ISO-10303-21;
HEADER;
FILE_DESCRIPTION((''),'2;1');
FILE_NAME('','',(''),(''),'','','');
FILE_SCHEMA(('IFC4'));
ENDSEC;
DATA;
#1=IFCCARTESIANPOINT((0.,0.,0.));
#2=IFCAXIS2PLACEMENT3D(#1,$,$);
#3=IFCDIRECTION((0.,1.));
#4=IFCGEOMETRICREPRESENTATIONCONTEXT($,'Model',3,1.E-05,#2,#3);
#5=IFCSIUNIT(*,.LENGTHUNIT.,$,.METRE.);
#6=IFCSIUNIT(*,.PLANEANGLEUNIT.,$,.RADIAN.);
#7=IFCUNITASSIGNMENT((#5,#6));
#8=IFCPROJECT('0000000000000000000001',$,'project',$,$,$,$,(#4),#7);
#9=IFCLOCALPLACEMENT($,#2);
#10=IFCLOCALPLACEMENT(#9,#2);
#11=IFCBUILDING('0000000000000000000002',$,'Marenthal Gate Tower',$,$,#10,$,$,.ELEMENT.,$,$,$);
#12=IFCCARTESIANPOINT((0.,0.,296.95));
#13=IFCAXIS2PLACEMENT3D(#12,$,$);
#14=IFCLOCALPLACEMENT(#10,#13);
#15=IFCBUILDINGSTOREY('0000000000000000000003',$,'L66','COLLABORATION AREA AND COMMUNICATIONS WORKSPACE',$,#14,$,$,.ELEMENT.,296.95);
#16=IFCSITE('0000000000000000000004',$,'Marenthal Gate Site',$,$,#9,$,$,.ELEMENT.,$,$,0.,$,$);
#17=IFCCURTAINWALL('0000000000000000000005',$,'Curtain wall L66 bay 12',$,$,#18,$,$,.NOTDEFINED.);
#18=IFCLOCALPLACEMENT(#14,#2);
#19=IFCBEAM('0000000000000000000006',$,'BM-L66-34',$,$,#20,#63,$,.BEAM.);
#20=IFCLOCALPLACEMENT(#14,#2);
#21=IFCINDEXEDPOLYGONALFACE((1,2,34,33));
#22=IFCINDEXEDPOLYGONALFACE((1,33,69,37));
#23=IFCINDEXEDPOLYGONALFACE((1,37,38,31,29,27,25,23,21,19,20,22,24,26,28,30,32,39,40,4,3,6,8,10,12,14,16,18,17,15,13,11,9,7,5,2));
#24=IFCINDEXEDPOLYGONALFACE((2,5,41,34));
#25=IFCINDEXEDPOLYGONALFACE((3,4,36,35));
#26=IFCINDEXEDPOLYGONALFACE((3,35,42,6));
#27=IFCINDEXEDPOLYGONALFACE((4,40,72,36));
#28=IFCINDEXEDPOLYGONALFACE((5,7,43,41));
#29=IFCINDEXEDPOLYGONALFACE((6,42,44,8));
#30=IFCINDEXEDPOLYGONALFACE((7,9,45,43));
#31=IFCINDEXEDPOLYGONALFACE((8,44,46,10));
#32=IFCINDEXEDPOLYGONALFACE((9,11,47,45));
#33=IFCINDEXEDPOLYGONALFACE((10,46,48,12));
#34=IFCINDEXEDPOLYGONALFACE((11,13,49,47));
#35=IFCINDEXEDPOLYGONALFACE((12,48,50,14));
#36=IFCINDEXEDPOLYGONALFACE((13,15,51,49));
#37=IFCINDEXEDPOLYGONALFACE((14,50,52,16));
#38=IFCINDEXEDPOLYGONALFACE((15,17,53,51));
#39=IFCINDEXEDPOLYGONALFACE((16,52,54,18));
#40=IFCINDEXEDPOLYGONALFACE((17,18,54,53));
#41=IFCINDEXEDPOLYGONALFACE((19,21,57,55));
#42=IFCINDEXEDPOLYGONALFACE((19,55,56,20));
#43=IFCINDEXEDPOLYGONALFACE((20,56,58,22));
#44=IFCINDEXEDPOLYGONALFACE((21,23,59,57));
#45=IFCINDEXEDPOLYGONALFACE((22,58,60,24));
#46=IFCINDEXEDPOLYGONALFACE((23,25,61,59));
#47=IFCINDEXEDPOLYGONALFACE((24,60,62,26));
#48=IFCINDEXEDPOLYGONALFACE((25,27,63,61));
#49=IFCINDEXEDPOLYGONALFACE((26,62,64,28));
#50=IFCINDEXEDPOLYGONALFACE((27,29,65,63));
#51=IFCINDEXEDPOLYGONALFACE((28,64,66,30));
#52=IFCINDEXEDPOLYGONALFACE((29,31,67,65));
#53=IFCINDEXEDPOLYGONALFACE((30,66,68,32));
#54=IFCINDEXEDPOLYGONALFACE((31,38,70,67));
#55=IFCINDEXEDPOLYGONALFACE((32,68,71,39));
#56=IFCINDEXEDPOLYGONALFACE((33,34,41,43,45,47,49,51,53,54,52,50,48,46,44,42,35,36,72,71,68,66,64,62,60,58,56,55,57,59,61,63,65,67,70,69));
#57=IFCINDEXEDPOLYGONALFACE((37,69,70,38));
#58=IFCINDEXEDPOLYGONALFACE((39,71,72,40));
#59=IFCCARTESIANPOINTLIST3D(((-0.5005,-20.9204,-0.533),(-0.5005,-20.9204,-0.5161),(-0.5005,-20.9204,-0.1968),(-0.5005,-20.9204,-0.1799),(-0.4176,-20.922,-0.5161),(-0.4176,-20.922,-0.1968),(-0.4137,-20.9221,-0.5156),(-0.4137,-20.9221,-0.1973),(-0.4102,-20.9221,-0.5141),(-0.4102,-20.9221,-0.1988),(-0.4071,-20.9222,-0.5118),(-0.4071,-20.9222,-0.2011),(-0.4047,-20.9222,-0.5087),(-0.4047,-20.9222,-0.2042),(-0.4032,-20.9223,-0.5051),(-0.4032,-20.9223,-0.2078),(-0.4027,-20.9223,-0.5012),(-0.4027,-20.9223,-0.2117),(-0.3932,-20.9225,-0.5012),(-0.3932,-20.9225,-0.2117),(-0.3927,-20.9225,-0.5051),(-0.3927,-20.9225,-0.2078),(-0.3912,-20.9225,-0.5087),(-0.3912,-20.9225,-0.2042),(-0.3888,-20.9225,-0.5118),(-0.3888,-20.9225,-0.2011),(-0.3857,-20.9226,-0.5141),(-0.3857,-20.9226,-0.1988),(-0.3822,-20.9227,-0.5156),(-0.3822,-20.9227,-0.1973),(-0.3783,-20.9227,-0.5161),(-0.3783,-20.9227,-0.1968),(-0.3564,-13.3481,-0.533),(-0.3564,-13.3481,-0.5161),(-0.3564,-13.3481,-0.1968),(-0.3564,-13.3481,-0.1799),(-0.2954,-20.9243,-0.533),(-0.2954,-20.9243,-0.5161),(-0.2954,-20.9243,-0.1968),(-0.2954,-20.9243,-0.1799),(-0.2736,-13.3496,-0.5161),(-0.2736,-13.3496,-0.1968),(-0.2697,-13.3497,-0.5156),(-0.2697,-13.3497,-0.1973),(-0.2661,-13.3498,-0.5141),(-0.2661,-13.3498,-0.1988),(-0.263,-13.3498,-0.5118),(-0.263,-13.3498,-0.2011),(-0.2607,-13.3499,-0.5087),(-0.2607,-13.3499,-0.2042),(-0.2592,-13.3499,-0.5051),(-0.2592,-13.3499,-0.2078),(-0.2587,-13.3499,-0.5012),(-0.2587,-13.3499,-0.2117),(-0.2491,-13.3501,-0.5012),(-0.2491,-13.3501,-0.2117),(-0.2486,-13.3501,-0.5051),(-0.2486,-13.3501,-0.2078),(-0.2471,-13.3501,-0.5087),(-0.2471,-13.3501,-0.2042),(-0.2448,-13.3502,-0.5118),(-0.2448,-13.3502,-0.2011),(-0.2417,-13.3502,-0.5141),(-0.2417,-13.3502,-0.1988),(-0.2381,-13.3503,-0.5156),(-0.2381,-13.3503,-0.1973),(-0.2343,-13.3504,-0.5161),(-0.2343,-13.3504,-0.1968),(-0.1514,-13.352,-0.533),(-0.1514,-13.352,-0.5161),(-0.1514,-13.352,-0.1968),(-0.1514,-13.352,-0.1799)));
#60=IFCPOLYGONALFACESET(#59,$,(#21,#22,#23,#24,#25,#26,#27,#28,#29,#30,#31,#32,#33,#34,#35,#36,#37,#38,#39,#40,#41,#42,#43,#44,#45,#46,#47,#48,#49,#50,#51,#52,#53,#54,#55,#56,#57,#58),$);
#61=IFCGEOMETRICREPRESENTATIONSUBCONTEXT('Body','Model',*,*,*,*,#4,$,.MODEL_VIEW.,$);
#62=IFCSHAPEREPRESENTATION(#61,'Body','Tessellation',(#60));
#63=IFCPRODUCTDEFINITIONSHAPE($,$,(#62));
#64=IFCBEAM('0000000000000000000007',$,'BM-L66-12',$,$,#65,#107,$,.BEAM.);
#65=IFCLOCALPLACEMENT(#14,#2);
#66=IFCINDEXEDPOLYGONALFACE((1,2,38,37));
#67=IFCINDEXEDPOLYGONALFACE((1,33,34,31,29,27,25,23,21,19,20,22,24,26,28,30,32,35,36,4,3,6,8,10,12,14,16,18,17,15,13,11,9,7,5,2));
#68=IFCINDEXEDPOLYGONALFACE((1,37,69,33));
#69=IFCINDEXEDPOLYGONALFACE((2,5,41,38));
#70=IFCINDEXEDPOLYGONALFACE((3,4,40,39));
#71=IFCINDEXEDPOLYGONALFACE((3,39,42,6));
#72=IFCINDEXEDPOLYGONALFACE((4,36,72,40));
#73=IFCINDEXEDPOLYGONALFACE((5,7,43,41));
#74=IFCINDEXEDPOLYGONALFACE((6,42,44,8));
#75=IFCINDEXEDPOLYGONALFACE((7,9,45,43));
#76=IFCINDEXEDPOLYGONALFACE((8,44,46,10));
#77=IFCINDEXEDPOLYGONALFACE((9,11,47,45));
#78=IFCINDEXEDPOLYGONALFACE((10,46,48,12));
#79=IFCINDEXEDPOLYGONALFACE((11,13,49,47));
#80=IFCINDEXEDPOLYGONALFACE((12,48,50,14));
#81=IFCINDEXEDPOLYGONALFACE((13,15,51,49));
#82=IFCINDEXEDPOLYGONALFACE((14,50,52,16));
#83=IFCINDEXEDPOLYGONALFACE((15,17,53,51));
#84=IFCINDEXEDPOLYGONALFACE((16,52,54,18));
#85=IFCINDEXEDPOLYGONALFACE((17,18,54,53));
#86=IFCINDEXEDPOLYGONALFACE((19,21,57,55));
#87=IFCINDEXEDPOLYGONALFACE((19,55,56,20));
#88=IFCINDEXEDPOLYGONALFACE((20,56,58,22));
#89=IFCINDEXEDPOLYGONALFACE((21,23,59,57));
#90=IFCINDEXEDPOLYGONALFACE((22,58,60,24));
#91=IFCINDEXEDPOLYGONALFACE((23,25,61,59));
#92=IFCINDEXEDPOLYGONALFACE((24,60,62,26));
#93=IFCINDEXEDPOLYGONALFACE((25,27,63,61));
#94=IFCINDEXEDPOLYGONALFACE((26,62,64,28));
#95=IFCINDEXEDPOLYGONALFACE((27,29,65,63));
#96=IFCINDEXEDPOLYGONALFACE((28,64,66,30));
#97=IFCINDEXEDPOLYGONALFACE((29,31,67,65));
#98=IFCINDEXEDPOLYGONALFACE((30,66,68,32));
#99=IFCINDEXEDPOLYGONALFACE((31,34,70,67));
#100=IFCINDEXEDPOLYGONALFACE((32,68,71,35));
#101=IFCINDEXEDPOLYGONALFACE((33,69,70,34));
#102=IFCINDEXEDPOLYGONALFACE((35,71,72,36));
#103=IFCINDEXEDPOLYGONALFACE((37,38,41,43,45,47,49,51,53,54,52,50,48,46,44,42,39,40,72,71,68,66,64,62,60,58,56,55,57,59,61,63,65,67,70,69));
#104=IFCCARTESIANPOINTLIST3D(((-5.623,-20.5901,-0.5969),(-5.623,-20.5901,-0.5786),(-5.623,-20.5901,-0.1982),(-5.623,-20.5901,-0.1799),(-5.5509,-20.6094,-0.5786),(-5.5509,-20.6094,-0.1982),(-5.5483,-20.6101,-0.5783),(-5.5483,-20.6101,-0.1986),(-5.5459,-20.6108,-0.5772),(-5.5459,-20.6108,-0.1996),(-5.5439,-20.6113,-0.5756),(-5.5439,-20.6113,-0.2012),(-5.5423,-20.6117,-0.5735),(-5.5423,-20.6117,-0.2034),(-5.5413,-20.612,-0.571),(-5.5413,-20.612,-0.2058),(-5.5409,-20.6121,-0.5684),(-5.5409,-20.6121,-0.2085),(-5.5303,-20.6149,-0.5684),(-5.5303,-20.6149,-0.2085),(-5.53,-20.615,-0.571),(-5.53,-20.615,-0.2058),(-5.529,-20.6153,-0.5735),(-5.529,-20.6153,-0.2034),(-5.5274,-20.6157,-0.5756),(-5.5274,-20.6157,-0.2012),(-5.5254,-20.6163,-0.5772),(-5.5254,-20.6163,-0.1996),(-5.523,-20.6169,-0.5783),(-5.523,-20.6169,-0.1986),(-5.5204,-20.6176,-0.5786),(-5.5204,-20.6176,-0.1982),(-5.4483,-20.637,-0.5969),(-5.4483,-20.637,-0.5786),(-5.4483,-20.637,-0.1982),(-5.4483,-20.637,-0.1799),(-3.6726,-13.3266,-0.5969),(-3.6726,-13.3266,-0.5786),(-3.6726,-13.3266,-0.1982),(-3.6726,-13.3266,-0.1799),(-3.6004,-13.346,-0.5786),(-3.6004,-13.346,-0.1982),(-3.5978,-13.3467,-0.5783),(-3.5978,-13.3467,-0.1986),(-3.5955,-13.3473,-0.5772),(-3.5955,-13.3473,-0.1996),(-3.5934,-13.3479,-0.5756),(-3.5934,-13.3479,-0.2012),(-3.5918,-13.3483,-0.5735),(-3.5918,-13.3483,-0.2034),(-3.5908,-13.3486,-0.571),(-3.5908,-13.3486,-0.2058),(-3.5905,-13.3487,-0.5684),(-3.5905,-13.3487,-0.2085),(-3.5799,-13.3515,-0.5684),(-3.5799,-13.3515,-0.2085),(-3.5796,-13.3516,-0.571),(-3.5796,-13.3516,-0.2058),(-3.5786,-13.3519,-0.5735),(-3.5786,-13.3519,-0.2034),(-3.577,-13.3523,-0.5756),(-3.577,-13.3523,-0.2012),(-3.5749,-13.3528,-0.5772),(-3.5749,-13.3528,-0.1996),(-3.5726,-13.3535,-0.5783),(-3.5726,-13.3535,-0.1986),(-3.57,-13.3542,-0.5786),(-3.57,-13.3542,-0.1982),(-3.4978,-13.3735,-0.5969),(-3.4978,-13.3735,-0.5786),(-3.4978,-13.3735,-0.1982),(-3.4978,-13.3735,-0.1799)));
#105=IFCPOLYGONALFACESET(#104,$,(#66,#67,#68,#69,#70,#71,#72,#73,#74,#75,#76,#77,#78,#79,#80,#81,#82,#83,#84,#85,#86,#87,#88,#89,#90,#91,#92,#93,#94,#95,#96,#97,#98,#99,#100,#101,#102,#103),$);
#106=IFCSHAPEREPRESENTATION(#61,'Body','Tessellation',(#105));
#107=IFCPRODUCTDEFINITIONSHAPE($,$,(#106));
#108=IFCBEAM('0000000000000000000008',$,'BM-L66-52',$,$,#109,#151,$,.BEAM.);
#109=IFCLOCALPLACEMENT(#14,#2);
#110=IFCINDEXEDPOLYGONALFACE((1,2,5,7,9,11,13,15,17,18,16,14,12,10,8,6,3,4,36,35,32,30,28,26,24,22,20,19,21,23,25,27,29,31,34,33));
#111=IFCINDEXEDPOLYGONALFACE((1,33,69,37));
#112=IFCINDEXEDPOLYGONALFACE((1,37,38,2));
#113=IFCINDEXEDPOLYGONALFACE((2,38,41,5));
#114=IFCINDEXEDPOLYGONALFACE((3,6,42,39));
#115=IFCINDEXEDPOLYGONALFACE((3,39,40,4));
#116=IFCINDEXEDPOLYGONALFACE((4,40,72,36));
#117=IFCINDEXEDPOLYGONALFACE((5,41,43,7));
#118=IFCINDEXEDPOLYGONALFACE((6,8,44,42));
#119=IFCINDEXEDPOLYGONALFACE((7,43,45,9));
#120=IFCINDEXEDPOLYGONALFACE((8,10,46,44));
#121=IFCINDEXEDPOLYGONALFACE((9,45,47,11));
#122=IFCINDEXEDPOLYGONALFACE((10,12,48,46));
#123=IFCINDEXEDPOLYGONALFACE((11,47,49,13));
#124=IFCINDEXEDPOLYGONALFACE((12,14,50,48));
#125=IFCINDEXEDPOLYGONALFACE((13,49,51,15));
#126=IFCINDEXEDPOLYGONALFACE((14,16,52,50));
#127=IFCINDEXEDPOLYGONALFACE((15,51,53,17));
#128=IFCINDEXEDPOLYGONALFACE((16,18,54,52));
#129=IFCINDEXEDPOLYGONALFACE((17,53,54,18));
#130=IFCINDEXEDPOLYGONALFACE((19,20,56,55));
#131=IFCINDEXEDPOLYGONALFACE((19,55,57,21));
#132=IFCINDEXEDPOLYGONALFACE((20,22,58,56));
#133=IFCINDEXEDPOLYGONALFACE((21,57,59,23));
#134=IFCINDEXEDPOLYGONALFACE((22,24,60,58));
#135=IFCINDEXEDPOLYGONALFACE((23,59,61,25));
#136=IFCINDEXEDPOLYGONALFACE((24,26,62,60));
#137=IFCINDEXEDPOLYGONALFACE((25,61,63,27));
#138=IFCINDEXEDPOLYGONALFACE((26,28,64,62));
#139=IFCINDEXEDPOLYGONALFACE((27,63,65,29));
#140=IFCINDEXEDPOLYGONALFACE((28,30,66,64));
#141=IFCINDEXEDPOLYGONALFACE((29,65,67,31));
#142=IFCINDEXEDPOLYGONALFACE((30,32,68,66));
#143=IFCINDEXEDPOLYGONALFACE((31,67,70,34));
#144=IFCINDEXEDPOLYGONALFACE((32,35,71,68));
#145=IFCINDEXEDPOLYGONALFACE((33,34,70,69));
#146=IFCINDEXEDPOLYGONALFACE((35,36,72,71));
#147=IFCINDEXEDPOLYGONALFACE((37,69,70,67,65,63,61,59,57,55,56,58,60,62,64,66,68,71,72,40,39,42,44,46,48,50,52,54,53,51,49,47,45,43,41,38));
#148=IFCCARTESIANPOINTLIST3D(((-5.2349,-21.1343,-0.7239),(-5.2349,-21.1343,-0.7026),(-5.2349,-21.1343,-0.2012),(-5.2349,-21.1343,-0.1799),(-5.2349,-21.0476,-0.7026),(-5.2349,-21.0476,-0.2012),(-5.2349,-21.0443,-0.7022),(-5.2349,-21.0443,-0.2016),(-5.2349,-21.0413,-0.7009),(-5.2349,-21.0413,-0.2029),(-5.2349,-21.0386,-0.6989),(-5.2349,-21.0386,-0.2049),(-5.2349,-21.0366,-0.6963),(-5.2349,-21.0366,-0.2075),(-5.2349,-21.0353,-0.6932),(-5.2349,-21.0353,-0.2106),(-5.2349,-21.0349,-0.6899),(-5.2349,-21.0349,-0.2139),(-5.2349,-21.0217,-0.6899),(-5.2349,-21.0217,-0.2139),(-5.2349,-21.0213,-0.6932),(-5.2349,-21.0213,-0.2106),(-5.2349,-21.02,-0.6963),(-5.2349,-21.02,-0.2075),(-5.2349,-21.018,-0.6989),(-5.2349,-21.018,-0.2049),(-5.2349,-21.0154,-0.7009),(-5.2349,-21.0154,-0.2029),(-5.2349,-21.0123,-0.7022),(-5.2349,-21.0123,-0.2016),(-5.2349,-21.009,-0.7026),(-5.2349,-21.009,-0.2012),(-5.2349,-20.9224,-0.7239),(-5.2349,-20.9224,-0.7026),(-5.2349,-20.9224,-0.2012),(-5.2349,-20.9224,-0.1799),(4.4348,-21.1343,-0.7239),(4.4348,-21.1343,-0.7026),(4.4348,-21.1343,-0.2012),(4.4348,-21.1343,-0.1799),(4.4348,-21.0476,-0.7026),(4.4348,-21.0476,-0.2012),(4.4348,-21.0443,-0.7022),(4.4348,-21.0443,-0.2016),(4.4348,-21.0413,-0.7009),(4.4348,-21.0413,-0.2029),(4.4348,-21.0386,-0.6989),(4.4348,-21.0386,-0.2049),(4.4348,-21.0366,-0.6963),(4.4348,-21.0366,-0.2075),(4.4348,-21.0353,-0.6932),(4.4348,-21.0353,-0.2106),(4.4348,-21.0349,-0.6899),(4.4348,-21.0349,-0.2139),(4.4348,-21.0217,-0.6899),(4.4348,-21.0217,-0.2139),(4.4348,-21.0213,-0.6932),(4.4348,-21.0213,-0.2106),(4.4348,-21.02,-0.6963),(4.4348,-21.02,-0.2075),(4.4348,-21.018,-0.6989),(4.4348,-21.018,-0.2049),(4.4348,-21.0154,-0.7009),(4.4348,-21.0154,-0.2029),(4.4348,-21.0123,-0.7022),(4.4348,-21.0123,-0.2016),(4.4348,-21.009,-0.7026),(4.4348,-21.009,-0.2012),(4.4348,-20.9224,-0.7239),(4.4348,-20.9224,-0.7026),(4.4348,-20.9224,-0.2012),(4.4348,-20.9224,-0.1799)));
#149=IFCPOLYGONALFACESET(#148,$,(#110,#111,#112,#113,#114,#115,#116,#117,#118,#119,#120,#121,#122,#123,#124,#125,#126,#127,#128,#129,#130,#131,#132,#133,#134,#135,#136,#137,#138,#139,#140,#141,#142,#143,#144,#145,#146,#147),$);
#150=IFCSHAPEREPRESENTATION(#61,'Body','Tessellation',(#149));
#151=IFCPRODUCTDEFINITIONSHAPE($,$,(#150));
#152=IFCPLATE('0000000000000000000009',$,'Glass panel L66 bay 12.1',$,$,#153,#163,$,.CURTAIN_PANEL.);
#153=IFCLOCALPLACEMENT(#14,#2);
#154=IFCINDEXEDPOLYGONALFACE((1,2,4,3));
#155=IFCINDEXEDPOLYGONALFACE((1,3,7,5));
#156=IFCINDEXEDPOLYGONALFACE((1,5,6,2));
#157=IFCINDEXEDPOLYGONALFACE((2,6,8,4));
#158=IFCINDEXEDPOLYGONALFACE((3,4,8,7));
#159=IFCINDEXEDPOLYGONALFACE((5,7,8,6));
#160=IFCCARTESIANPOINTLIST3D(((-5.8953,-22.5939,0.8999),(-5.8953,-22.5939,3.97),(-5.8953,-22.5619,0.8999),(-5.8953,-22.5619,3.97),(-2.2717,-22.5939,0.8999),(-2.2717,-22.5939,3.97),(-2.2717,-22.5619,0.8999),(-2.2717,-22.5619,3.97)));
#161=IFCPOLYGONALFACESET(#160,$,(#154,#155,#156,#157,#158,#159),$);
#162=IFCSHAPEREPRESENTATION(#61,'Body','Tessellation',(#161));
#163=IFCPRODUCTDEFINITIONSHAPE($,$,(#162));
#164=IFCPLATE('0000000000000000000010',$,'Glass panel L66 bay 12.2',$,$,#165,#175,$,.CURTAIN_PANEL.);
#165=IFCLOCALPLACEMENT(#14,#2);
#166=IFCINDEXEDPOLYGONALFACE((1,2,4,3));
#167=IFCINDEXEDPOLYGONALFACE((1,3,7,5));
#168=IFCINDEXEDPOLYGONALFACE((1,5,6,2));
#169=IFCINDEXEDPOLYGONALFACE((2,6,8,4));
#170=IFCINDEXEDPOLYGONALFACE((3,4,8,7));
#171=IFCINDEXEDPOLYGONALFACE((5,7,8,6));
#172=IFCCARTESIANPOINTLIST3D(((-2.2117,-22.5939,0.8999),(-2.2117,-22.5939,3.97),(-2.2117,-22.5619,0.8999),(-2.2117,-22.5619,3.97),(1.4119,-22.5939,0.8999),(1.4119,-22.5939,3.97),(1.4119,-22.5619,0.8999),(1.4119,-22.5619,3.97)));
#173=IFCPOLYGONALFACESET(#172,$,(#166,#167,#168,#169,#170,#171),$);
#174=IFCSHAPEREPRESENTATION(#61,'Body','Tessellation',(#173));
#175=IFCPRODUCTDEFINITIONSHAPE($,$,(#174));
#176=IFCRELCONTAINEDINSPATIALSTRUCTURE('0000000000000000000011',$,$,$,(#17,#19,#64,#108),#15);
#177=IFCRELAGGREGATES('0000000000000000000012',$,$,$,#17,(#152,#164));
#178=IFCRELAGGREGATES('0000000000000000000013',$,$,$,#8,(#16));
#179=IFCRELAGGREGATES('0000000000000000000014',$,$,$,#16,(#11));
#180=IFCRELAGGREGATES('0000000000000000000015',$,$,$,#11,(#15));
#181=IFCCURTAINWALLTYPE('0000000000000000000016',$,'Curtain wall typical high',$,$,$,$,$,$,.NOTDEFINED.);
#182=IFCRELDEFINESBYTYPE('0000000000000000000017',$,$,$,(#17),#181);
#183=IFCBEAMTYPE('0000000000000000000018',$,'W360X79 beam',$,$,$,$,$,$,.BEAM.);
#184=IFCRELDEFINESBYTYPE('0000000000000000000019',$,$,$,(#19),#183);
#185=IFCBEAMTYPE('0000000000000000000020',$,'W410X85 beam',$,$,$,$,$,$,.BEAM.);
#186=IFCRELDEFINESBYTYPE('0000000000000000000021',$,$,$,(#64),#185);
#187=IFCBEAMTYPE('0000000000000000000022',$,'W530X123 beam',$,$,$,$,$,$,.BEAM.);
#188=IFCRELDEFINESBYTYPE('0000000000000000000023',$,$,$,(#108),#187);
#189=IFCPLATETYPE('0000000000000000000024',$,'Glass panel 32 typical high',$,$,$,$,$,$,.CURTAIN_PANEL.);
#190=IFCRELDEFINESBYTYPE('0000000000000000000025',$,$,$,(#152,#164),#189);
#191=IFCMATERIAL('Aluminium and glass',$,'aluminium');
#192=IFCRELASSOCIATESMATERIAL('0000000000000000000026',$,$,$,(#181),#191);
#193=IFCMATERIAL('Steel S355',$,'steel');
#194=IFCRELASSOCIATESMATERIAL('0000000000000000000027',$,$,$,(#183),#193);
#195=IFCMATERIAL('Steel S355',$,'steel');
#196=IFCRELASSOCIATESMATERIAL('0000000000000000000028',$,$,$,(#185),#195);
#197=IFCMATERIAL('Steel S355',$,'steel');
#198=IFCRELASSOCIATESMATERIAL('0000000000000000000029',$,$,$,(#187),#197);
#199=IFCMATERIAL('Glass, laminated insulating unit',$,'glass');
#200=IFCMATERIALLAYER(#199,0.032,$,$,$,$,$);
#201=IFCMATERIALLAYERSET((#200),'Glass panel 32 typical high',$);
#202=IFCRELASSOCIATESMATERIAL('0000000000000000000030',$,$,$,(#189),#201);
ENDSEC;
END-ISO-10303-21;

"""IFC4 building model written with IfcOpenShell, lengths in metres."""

from ifc_helpers import new_model, si_unit, direction, frame, origin, origin_2d, place, context, subcontext, project, spatial, rectangle, i_section, extrude, material, layer, layer_set, material_profile, profile_set, type_object, element, aggregate, save


model = new_model("IFC4")

# Units and contexts
model_context = context("Model", 3, precision=1e-05, world=origin(), true_north=direction((0.0, 1.0)))
body_context = subcontext(model_context, "Body", "Model", "MODEL_VIEW")
ifc_project = project(units=[si_unit("LENGTHUNIT", "METRE"), si_unit("PLANEANGLEUNIT", "RADIAN")], contexts=[model_context])

# Site, building, storey
site_placement = place(None, origin())
site = spatial("IfcSite", under=ifc_project, at=site_placement, Name="Marenthal Gate Site", CompositionType="ELEMENT", RefElevation=0.0)
building_placement = place(site_placement, origin())
building = spatial("IfcBuilding", under=site, at=building_placement, Name="Marenthal Gate Tower", CompositionType="ELEMENT")
storey_placement = place(building_placement, frame((0.0, 0.0, 296.95)))
storey = spatial("IfcBuildingStorey", under=building, at=storey_placement, Name="L66", Description="COLLABORATION AREA AND COMMUNICATIONS WORKSPACE", CompositionType="ELEMENT", Elevation=296.95)

# Curtain wall
ifc_material_1 = material(Name="Aluminium and glass", Category="aluminium")
curtain_wall_type = type_object("IfcCurtainWallType", Name="Curtain wall typical high", PredefinedType="NOTDEFINED", material=ifc_material_1)
curtain_wall_placement = place(storey_placement, origin())
curtain_wall = element("IfcCurtainWall", 1, at=curtain_wall_placement, inside=storey, type_object=curtain_wall_type, Name="Curtain wall L66 bay 12", PredefinedType="NOTDEFINED")

# Beams
ifc_material_2 = material(Name="Steel S355", Category="steel")
ifc_material_profile_1 = material_profile(ifc_material_2, i_section(OverallWidth=0.2051, OverallDepth=0.353, WebThickness=0.0095, FlangeThickness=0.0168, FilletRadius=0.0149, at=origin_2d()), Name="W360X79")
ifc_profile_set_1 = profile_set([ifc_material_profile_1], Name="Steel S355")
beam_type_1 = type_object("IfcBeamType", Name="W360X79 beam", PredefinedType="BEAM", material=ifc_profile_set_1)
beam_1_placement = place(storey_placement, frame((-0.3979, -20.9224, -0.3564), z_axis=(0.019019, 0.999819, 0.0), x_axis=(-0.999819, 0.019019, 0.0)))
element("IfcBeam", 2, at=beam_1_placement, inside=storey, type_object=beam_type_1, Name="BM-L66-34", PredefinedType="BEAM", context=body_context, shape_type="SweptSolid", body=[
    extrude(i_section(OverallWidth=0.2051, OverallDepth=0.353, WebThickness=0.0095, FlangeThickness=0.0168, FilletRadius=0.0149, at=origin_2d()), origin(), (0.0, 0.0, 1.0), 7.5737),
])
ifc_material_3 = material(Name="Steel S355", Category="steel")
ifc_material_profile_2 = material_profile(ifc_material_3, i_section(OverallWidth=0.1809, OverallDepth=0.417, WebThickness=0.011, FlangeThickness=0.0183, FilletRadius=0.0103, at=origin_2d()), Name="W410X85")
ifc_profile_set_2 = profile_set([ifc_material_profile_2], Name="Steel S355")
beam_type_2 = type_object("IfcBeamType", Name="W410X85 beam", PredefinedType="BEAM", material=ifc_profile_set_2)
beam_2_placement = place(storey_placement, frame((-5.5356, -20.6135, -0.3884), z_axis=(0.259341, 0.965786, 0.0), x_axis=(-0.965786, 0.259341, 0.0)))
element("IfcBeam", 3, at=beam_2_placement, inside=storey, type_object=beam_type_2, Name="BM-L66-12", PredefinedType="BEAM", context=body_context, shape_type="SweptSolid", body=[
    extrude(i_section(OverallWidth=0.1809, OverallDepth=0.417, WebThickness=0.011, FlangeThickness=0.0183, FilletRadius=0.0103, at=origin_2d()), origin(), (0.0, 0.0, 1.0), 7.5208),
])
ifc_material_4 = material(Name="Steel S355", Category="steel")
ifc_material_profile_3 = material_profile(ifc_material_4, i_section(OverallWidth=0.2119, OverallDepth=0.5439, WebThickness=0.0132, FlangeThickness=0.0212, FilletRadius=0.0127, at=origin_2d()), Name="W530X123")
ifc_profile_set_3 = profile_set([ifc_material_profile_3], Name="Steel S355")
beam_type_3 = type_object("IfcBeamType", Name="W530X123 beam", PredefinedType="BEAM", material=ifc_profile_set_3)
beam_3_placement = place(storey_placement, frame((-5.2349, -21.0283, -0.4519), z_axis=(1.0, 0.0, 0.0), x_axis=(0.0, 1.0, 0.0)))
element("IfcBeam", 4, at=beam_3_placement, inside=storey, type_object=beam_type_3, Name="BM-L66-52", PredefinedType="BEAM", context=body_context, shape_type="SweptSolid", body=[
    extrude(i_section(OverallWidth=0.2119, OverallDepth=0.5439, WebThickness=0.0132, FlangeThickness=0.0212, FilletRadius=0.0127, at=origin_2d()), origin(), (0.0, 0.0, 1.0), 9.6697),
])

# Plates
ifc_material_5 = material(Name="Glass, laminated insulating unit", Category="glass")
ifc_layer_1 = layer(ifc_material_5, 0.032)
ifc_layer_set_1 = layer_set([ifc_layer_1], Name="Glass panel 32 typical high")
plate_type = type_object("IfcPlateType", Name="Glass panel 32 typical high", PredefinedType="CURTAIN_PANEL", material=ifc_layer_set_1)
plate_1_placement = place(storey_placement, frame((-4.0835, -22.5779, 0.8999), z_axis=(0.0, 0.0, 1.0), x_axis=(1.0, 0.0, 0.0)))
plate_1 = element("IfcPlate", 5, at=plate_1_placement, type_object=plate_type, Name="Glass panel L66 bay 12.1", PredefinedType="CURTAIN_PANEL", context=body_context, shape_type="SweptSolid", body=[
    extrude(rectangle(XDim=3.6235, YDim=0.032, at=origin_2d()), origin(), (0.0, 0.0, 1.0), 3.0701),
])
plate_2_placement = place(storey_placement, frame((-0.3999, -22.5779, 0.8999), z_axis=(0.0, 0.0, 1.0), x_axis=(1.0, 0.0, 0.0)))
plate_2 = element("IfcPlate", 6, at=plate_2_placement, type_object=plate_type, Name="Glass panel L66 bay 12.2", PredefinedType="CURTAIN_PANEL", context=body_context, shape_type="SweptSolid", body=[
    extrude(rectangle(XDim=3.6235, YDim=0.032, at=origin_2d()), origin(), (0.0, 0.0, 1.0), 3.0701),
])
aggregate(curtain_wall, [plate_1, plate_2])

save(model, "model.ifc")
